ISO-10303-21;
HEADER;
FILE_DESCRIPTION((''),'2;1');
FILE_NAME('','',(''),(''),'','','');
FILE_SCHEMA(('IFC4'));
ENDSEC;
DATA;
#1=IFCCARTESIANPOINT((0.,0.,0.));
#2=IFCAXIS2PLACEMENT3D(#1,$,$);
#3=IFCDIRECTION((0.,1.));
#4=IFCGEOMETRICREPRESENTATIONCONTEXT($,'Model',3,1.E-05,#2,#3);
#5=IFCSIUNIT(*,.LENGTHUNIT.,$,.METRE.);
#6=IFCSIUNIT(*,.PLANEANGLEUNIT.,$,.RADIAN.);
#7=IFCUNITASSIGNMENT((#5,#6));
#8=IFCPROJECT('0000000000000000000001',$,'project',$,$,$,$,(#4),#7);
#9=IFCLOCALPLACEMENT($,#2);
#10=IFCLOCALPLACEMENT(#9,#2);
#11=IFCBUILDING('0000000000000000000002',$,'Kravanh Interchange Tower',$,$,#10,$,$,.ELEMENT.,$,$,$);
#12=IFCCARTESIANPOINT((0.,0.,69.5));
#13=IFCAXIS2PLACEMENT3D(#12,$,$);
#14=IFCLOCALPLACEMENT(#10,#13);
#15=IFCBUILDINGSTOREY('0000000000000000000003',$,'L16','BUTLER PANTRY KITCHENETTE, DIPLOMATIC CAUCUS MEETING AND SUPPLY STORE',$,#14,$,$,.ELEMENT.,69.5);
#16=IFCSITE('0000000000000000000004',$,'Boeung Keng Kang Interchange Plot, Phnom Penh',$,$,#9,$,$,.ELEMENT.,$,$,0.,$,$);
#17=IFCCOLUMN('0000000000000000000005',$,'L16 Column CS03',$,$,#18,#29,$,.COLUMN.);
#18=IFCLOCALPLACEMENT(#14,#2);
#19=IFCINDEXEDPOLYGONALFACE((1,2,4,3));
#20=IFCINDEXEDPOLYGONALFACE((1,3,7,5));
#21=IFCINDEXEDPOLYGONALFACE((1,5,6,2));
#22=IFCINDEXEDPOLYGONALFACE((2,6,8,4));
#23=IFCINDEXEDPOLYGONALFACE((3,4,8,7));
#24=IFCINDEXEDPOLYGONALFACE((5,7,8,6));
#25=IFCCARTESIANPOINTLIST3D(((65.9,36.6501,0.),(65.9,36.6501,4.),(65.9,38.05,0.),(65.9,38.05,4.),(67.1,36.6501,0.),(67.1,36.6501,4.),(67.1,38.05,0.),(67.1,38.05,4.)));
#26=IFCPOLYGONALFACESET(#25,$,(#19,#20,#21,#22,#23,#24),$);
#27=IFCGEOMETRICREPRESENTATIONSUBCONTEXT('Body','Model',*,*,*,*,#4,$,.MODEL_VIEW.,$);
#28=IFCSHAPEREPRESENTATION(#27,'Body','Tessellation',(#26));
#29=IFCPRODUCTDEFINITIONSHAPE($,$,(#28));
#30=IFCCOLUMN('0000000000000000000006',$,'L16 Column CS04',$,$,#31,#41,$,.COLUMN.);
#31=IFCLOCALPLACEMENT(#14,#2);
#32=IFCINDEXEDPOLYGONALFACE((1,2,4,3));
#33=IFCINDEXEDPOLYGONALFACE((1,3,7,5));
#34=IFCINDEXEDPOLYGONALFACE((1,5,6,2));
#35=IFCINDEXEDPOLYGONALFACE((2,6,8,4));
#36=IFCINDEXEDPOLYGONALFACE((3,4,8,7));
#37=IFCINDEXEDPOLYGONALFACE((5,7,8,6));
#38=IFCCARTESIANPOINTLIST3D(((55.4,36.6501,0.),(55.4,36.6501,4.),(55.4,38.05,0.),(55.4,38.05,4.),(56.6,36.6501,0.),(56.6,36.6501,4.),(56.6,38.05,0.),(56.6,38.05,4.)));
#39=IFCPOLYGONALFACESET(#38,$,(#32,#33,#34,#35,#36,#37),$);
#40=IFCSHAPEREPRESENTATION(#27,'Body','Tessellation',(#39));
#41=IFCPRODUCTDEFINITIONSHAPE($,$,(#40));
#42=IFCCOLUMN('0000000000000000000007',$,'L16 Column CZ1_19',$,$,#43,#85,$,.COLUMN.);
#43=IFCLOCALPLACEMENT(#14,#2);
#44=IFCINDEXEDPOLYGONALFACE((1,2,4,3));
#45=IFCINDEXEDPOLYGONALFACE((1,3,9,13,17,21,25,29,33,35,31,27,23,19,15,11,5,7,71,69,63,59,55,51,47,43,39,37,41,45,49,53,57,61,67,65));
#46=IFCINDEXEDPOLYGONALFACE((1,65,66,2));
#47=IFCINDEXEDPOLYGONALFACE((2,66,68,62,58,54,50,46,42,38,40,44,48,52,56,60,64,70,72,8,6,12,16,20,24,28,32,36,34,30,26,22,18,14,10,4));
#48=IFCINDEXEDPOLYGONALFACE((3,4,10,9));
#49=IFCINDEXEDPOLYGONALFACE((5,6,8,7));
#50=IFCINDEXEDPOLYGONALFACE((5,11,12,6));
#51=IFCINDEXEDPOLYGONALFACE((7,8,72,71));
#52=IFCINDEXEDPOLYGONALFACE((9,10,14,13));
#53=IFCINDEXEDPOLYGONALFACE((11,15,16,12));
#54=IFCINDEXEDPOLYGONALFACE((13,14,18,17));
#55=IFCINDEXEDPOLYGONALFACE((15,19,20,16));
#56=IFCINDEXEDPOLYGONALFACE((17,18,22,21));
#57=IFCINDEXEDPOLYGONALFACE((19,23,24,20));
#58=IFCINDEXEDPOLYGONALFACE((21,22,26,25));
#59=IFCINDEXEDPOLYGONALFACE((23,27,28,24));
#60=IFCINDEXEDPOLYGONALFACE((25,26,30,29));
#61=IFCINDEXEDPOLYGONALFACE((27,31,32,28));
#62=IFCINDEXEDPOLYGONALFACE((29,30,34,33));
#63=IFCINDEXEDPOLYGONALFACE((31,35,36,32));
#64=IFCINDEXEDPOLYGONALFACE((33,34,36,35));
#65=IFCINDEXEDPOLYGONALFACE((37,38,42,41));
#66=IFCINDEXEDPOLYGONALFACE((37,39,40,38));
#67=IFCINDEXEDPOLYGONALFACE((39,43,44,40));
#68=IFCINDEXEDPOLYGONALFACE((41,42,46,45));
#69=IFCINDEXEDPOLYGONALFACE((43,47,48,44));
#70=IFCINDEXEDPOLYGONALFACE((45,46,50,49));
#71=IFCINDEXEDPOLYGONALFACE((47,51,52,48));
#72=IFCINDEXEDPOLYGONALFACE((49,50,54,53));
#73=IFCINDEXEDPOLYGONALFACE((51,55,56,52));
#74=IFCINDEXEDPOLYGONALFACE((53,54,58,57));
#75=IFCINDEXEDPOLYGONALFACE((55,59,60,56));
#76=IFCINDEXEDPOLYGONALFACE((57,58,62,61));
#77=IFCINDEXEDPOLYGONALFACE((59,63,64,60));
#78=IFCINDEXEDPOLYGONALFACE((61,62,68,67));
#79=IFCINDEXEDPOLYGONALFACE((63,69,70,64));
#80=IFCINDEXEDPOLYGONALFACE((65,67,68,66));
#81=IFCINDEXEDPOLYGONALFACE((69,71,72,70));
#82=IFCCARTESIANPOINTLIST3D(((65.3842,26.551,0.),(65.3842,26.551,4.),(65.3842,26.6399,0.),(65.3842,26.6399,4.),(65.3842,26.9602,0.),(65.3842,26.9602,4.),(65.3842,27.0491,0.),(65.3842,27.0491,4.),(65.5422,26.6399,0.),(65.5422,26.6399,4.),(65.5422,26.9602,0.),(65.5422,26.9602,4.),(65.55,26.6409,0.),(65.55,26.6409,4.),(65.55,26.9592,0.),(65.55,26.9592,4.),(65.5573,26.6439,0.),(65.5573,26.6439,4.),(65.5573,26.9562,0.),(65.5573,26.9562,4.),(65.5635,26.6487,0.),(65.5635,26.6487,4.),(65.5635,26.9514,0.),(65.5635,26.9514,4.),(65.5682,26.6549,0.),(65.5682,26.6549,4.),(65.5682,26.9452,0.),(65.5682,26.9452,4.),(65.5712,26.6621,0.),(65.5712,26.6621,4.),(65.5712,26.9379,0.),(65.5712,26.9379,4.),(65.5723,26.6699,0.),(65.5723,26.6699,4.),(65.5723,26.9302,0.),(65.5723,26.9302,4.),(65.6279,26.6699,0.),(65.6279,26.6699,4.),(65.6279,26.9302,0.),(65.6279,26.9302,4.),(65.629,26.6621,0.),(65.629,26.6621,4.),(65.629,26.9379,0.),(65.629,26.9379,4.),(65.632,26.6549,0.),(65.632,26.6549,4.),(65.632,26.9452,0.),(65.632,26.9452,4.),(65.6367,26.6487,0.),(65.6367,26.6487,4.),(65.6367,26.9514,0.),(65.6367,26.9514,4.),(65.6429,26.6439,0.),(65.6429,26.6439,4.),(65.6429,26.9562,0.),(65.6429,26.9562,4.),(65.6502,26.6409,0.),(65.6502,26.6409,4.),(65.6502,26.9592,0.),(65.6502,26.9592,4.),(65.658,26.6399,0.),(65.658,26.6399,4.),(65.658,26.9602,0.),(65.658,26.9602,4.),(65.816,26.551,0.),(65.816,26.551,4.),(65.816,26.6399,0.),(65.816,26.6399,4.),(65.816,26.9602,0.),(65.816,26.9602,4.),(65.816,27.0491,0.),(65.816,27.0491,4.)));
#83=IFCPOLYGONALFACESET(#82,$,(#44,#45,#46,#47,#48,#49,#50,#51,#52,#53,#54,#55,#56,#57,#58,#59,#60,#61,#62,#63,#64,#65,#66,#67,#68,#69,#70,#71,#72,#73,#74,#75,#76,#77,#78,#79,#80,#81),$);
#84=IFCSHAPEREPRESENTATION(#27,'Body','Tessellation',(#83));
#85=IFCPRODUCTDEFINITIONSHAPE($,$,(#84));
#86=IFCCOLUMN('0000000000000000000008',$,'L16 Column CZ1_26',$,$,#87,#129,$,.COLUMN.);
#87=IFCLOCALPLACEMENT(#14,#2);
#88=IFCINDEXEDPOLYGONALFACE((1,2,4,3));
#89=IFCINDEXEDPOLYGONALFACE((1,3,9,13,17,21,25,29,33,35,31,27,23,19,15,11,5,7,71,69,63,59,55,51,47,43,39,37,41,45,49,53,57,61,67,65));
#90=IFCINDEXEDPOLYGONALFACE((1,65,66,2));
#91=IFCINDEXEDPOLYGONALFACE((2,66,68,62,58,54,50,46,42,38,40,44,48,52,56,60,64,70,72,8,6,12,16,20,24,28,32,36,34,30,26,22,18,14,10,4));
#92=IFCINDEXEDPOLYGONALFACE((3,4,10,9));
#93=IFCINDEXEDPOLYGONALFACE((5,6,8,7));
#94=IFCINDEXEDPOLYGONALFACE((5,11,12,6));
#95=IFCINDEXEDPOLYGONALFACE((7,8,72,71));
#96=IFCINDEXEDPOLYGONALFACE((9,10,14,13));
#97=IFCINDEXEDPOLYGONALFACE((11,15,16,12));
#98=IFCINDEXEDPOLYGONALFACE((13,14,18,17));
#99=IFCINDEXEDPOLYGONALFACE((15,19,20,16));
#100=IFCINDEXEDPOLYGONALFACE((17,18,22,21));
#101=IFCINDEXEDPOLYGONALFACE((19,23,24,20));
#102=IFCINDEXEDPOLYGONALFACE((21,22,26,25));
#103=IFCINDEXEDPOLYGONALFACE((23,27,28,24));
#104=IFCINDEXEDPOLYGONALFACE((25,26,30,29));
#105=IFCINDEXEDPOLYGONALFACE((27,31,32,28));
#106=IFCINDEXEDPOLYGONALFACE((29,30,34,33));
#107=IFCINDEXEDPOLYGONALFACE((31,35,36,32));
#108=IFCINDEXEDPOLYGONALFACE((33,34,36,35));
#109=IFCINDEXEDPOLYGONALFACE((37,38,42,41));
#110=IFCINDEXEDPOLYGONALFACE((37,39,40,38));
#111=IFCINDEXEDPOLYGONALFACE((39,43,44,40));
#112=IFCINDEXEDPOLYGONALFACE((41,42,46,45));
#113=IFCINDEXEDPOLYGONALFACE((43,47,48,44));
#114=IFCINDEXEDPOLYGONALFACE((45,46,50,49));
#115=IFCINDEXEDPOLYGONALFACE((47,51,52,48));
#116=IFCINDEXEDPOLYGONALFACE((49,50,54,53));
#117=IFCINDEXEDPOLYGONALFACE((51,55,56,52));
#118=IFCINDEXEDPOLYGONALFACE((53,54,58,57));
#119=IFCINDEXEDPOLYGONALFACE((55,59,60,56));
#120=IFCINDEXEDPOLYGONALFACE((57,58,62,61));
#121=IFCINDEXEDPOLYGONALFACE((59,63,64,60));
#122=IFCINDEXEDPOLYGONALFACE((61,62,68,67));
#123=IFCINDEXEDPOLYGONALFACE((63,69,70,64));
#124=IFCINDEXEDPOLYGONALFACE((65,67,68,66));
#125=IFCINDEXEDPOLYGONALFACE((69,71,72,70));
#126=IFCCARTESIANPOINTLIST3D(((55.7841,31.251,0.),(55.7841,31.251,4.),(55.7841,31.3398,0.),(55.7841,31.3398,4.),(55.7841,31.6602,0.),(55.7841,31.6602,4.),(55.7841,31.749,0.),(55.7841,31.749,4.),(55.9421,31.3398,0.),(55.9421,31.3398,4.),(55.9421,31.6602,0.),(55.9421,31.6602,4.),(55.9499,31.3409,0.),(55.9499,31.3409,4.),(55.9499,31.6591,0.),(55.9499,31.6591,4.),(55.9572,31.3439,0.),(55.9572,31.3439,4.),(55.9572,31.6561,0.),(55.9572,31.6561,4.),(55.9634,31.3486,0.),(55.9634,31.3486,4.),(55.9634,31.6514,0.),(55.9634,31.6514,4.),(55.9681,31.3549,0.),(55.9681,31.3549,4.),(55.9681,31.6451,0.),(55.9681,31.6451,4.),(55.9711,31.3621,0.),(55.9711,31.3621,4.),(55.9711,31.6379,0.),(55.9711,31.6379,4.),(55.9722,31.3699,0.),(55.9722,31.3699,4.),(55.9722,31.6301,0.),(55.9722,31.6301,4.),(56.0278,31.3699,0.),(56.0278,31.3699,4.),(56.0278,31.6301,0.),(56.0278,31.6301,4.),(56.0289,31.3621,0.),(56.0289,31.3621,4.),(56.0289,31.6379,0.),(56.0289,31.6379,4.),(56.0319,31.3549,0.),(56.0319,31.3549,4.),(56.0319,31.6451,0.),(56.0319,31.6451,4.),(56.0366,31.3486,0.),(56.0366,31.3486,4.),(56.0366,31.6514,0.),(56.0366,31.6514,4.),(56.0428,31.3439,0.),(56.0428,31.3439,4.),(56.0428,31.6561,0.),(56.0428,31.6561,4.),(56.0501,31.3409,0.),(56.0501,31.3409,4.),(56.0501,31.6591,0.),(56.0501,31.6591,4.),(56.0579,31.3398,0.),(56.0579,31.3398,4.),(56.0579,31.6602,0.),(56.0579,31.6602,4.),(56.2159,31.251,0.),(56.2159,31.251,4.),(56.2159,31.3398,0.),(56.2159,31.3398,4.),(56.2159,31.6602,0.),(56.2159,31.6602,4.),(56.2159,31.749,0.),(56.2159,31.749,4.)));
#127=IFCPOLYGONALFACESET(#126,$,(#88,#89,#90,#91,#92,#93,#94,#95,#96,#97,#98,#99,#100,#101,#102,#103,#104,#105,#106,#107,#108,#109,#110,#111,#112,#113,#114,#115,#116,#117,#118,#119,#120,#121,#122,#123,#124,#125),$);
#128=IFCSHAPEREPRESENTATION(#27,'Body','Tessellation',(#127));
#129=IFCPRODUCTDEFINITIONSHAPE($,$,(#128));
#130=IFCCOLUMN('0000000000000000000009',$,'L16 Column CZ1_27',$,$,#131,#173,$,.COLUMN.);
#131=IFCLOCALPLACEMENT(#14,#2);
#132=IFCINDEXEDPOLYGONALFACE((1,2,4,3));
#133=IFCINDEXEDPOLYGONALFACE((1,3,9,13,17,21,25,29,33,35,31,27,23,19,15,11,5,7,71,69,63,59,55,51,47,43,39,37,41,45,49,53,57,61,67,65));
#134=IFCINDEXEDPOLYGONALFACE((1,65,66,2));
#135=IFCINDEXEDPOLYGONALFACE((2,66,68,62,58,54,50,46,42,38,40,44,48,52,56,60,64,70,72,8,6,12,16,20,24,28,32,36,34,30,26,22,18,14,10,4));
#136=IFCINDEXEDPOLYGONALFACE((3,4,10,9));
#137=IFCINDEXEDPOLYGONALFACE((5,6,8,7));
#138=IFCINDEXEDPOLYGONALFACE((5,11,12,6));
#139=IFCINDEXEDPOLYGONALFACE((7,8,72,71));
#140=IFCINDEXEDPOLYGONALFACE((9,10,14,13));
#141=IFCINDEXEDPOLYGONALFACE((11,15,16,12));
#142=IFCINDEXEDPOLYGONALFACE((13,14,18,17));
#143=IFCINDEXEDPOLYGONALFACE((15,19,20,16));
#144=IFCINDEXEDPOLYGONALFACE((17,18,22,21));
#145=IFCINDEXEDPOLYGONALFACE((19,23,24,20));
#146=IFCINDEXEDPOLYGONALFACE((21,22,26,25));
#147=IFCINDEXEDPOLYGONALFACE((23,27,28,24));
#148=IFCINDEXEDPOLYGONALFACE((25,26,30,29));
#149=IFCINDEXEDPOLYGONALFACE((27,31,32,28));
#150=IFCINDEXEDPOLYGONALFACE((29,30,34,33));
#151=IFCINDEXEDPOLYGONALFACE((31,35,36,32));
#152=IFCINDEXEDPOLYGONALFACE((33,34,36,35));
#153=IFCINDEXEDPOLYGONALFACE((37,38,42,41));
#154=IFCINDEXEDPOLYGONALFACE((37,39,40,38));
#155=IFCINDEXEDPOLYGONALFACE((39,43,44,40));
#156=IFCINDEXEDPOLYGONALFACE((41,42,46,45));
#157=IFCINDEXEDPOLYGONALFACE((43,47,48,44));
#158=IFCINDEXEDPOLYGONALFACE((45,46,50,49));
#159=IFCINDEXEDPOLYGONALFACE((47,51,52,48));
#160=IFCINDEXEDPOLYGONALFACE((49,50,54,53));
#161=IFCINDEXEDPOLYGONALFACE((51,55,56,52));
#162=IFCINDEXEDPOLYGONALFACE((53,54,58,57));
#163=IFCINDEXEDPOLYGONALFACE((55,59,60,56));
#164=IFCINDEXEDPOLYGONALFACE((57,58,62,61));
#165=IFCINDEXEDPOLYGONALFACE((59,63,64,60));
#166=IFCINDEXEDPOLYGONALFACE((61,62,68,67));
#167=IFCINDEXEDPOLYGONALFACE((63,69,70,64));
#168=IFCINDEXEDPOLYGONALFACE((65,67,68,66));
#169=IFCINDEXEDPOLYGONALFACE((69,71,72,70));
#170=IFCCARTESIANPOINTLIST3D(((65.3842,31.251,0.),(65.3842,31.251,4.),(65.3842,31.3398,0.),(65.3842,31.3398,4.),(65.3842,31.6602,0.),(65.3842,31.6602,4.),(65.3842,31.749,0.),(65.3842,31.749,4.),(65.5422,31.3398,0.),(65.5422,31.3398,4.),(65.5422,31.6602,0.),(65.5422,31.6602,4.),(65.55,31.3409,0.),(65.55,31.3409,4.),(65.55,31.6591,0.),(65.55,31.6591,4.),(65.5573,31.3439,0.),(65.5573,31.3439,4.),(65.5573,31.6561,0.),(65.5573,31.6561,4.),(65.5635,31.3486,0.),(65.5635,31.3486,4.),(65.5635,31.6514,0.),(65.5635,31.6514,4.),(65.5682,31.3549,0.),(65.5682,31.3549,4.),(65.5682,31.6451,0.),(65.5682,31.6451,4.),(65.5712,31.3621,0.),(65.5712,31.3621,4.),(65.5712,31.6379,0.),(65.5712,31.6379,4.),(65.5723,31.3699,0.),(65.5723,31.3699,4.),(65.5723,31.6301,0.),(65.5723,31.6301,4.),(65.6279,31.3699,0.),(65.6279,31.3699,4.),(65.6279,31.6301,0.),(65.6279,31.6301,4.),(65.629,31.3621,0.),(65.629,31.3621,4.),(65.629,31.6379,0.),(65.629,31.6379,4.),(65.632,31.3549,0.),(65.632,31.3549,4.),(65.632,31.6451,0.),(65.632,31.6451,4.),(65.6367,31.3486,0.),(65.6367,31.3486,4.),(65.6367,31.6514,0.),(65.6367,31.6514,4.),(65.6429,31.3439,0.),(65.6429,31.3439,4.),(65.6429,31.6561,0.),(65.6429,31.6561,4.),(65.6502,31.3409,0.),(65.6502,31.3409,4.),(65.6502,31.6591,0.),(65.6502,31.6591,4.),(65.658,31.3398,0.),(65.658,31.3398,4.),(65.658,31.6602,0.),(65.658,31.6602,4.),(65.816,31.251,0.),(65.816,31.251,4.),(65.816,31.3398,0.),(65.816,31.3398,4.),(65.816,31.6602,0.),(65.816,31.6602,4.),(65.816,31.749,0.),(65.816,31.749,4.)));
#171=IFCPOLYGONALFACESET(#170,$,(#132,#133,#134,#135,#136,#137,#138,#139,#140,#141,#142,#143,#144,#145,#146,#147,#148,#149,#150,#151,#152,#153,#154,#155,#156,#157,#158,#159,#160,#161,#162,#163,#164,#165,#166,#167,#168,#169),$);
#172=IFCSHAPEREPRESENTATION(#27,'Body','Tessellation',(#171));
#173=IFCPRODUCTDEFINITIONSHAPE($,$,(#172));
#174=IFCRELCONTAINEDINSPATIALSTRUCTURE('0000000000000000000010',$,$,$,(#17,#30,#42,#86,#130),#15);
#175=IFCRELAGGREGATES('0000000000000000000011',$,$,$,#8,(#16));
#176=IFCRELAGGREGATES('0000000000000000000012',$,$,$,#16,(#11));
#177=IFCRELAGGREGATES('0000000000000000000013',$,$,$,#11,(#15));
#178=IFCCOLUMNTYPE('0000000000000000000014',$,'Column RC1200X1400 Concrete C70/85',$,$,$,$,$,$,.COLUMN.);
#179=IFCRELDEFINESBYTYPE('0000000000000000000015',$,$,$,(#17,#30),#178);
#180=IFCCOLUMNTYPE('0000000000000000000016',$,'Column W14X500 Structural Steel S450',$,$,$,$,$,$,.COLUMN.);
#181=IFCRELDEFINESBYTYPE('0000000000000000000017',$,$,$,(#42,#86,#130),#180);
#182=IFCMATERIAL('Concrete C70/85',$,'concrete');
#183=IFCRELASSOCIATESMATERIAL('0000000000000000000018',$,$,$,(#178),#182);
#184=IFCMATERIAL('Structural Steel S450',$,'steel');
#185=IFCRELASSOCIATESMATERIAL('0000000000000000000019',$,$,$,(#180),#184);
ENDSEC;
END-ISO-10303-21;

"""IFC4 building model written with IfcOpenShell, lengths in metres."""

from ifc_helpers import new_model, si_unit, direction, frame, origin, origin_2d, place, context, subcontext, project, spatial, rectangle, i_section, extrude, material, material_profile, profile_set, type_object, element, save


model = new_model("IFC4")

# Units and contexts
model_context = context("Model", 3, precision=1e-05, world=origin(), true_north=direction((0.0, 1.0)))
body_context = subcontext(model_context, "Body", "Model", "MODEL_VIEW")
ifc_project = project(units=[si_unit("LENGTHUNIT", "METRE"), si_unit("PLANEANGLEUNIT", "RADIAN")], contexts=[model_context])

# Site, building, storey
site_placement = place(None, origin())
site = spatial("IfcSite", under=ifc_project, at=site_placement, Name="Boeung Keng Kang Interchange Plot, Phnom Penh", CompositionType="ELEMENT", RefElevation=0.0)
building_placement = place(site_placement, origin())
building = spatial("IfcBuilding", under=site, at=building_placement, Name="Kravanh Interchange Tower", CompositionType="ELEMENT")
storey_placement = place(building_placement, frame((0.0, 0.0, 69.5)))
storey = spatial("IfcBuildingStorey", under=building, at=storey_placement, Name="L16", Description="BUTLER PANTRY KITCHENETTE, DIPLOMATIC CAUCUS MEETING AND SUPPLY STORE", CompositionType="ELEMENT", Elevation=69.5)

# Columns
ifc_material_1 = material(Name="Concrete C70/85", Category="concrete")
ifc_material_profile_1 = material_profile(ifc_material_1, rectangle(XDim=1.2, YDim=1.3999, at=origin_2d()), Name="RC1200X1400")
ifc_profile_set_1 = profile_set([ifc_material_profile_1], Name="Concrete C70/85")
column_type_1 = type_object("IfcColumnType", Name="Column RC1200X1400 Concrete C70/85", PredefinedType="COLUMN", material=ifc_profile_set_1)
for number, where, z_axis, x_axis, name in (
    (1, (66.5, 37.3501, 0.0), (0.0, 0.0, 1.0), (1.0, 0.0, 0.0), "L16 Column CS03"),
    (2, (56.0, 37.3501, 0.0), (0.0, 0.0, 1.0), (1.0, 0.0, 0.0), "L16 Column CS04"),
):
    element("IfcColumn", number, at=place(storey_placement, frame(where, z_axis=z_axis, x_axis=x_axis)), inside=storey, type_object=column_type_1, Name=name, PredefinedType="COLUMN", context=body_context, shape_type="SweptSolid", body=[
        extrude(rectangle(XDim=1.2, YDim=1.3999, at=origin_2d()), origin(), (0.0, 0.0, 1.0), 4.0),
    ])
ifc_material_2 = material(Name="Structural Steel S450", Category="steel")
ifc_material_profile_2 = material_profile(ifc_material_2, i_section(OverallWidth=0.4319, OverallDepth=0.498, WebThickness=0.0557, FlangeThickness=0.0889, FilletRadius=0.03, at=origin_2d()), Name="W14X500")
ifc_profile_set_2 = profile_set([ifc_material_profile_2], Name="Structural Steel S450")
column_type_2 = type_object("IfcColumnType", Name="Column W14X500 Structural Steel S450", PredefinedType="COLUMN", material=ifc_profile_set_2)
for number, where, z_axis, x_axis, name in (
    (3, (65.6001, 26.8, 0.0), (0.0, 0.0, 1.0), (1.0, 0.0, 0.0), "L16 Column CZ1_19"),
    (4, (56.0, 31.5, 0.0), (0.0, 0.0, 1.0), (1.0, 0.0, 0.0), "L16 Column CZ1_26"),
    (5, (65.6001, 31.5, 0.0), (0.0, 0.0, 1.0), (1.0, 0.0, 0.0), "L16 Column CZ1_27"),
):
    element("IfcColumn", number, at=place(storey_placement, frame(where, z_axis=z_axis, x_axis=x_axis)), inside=storey, type_object=column_type_2, Name=name, PredefinedType="COLUMN", context=body_context, shape_type="SweptSolid", body=[
        extrude(i_section(OverallWidth=0.4319, OverallDepth=0.498, WebThickness=0.0557, FlangeThickness=0.0889, FilletRadius=0.03, at=origin_2d()), origin(), (0.0, 0.0, 1.0), 4.0),
    ])

save(model, "model.ifc")
